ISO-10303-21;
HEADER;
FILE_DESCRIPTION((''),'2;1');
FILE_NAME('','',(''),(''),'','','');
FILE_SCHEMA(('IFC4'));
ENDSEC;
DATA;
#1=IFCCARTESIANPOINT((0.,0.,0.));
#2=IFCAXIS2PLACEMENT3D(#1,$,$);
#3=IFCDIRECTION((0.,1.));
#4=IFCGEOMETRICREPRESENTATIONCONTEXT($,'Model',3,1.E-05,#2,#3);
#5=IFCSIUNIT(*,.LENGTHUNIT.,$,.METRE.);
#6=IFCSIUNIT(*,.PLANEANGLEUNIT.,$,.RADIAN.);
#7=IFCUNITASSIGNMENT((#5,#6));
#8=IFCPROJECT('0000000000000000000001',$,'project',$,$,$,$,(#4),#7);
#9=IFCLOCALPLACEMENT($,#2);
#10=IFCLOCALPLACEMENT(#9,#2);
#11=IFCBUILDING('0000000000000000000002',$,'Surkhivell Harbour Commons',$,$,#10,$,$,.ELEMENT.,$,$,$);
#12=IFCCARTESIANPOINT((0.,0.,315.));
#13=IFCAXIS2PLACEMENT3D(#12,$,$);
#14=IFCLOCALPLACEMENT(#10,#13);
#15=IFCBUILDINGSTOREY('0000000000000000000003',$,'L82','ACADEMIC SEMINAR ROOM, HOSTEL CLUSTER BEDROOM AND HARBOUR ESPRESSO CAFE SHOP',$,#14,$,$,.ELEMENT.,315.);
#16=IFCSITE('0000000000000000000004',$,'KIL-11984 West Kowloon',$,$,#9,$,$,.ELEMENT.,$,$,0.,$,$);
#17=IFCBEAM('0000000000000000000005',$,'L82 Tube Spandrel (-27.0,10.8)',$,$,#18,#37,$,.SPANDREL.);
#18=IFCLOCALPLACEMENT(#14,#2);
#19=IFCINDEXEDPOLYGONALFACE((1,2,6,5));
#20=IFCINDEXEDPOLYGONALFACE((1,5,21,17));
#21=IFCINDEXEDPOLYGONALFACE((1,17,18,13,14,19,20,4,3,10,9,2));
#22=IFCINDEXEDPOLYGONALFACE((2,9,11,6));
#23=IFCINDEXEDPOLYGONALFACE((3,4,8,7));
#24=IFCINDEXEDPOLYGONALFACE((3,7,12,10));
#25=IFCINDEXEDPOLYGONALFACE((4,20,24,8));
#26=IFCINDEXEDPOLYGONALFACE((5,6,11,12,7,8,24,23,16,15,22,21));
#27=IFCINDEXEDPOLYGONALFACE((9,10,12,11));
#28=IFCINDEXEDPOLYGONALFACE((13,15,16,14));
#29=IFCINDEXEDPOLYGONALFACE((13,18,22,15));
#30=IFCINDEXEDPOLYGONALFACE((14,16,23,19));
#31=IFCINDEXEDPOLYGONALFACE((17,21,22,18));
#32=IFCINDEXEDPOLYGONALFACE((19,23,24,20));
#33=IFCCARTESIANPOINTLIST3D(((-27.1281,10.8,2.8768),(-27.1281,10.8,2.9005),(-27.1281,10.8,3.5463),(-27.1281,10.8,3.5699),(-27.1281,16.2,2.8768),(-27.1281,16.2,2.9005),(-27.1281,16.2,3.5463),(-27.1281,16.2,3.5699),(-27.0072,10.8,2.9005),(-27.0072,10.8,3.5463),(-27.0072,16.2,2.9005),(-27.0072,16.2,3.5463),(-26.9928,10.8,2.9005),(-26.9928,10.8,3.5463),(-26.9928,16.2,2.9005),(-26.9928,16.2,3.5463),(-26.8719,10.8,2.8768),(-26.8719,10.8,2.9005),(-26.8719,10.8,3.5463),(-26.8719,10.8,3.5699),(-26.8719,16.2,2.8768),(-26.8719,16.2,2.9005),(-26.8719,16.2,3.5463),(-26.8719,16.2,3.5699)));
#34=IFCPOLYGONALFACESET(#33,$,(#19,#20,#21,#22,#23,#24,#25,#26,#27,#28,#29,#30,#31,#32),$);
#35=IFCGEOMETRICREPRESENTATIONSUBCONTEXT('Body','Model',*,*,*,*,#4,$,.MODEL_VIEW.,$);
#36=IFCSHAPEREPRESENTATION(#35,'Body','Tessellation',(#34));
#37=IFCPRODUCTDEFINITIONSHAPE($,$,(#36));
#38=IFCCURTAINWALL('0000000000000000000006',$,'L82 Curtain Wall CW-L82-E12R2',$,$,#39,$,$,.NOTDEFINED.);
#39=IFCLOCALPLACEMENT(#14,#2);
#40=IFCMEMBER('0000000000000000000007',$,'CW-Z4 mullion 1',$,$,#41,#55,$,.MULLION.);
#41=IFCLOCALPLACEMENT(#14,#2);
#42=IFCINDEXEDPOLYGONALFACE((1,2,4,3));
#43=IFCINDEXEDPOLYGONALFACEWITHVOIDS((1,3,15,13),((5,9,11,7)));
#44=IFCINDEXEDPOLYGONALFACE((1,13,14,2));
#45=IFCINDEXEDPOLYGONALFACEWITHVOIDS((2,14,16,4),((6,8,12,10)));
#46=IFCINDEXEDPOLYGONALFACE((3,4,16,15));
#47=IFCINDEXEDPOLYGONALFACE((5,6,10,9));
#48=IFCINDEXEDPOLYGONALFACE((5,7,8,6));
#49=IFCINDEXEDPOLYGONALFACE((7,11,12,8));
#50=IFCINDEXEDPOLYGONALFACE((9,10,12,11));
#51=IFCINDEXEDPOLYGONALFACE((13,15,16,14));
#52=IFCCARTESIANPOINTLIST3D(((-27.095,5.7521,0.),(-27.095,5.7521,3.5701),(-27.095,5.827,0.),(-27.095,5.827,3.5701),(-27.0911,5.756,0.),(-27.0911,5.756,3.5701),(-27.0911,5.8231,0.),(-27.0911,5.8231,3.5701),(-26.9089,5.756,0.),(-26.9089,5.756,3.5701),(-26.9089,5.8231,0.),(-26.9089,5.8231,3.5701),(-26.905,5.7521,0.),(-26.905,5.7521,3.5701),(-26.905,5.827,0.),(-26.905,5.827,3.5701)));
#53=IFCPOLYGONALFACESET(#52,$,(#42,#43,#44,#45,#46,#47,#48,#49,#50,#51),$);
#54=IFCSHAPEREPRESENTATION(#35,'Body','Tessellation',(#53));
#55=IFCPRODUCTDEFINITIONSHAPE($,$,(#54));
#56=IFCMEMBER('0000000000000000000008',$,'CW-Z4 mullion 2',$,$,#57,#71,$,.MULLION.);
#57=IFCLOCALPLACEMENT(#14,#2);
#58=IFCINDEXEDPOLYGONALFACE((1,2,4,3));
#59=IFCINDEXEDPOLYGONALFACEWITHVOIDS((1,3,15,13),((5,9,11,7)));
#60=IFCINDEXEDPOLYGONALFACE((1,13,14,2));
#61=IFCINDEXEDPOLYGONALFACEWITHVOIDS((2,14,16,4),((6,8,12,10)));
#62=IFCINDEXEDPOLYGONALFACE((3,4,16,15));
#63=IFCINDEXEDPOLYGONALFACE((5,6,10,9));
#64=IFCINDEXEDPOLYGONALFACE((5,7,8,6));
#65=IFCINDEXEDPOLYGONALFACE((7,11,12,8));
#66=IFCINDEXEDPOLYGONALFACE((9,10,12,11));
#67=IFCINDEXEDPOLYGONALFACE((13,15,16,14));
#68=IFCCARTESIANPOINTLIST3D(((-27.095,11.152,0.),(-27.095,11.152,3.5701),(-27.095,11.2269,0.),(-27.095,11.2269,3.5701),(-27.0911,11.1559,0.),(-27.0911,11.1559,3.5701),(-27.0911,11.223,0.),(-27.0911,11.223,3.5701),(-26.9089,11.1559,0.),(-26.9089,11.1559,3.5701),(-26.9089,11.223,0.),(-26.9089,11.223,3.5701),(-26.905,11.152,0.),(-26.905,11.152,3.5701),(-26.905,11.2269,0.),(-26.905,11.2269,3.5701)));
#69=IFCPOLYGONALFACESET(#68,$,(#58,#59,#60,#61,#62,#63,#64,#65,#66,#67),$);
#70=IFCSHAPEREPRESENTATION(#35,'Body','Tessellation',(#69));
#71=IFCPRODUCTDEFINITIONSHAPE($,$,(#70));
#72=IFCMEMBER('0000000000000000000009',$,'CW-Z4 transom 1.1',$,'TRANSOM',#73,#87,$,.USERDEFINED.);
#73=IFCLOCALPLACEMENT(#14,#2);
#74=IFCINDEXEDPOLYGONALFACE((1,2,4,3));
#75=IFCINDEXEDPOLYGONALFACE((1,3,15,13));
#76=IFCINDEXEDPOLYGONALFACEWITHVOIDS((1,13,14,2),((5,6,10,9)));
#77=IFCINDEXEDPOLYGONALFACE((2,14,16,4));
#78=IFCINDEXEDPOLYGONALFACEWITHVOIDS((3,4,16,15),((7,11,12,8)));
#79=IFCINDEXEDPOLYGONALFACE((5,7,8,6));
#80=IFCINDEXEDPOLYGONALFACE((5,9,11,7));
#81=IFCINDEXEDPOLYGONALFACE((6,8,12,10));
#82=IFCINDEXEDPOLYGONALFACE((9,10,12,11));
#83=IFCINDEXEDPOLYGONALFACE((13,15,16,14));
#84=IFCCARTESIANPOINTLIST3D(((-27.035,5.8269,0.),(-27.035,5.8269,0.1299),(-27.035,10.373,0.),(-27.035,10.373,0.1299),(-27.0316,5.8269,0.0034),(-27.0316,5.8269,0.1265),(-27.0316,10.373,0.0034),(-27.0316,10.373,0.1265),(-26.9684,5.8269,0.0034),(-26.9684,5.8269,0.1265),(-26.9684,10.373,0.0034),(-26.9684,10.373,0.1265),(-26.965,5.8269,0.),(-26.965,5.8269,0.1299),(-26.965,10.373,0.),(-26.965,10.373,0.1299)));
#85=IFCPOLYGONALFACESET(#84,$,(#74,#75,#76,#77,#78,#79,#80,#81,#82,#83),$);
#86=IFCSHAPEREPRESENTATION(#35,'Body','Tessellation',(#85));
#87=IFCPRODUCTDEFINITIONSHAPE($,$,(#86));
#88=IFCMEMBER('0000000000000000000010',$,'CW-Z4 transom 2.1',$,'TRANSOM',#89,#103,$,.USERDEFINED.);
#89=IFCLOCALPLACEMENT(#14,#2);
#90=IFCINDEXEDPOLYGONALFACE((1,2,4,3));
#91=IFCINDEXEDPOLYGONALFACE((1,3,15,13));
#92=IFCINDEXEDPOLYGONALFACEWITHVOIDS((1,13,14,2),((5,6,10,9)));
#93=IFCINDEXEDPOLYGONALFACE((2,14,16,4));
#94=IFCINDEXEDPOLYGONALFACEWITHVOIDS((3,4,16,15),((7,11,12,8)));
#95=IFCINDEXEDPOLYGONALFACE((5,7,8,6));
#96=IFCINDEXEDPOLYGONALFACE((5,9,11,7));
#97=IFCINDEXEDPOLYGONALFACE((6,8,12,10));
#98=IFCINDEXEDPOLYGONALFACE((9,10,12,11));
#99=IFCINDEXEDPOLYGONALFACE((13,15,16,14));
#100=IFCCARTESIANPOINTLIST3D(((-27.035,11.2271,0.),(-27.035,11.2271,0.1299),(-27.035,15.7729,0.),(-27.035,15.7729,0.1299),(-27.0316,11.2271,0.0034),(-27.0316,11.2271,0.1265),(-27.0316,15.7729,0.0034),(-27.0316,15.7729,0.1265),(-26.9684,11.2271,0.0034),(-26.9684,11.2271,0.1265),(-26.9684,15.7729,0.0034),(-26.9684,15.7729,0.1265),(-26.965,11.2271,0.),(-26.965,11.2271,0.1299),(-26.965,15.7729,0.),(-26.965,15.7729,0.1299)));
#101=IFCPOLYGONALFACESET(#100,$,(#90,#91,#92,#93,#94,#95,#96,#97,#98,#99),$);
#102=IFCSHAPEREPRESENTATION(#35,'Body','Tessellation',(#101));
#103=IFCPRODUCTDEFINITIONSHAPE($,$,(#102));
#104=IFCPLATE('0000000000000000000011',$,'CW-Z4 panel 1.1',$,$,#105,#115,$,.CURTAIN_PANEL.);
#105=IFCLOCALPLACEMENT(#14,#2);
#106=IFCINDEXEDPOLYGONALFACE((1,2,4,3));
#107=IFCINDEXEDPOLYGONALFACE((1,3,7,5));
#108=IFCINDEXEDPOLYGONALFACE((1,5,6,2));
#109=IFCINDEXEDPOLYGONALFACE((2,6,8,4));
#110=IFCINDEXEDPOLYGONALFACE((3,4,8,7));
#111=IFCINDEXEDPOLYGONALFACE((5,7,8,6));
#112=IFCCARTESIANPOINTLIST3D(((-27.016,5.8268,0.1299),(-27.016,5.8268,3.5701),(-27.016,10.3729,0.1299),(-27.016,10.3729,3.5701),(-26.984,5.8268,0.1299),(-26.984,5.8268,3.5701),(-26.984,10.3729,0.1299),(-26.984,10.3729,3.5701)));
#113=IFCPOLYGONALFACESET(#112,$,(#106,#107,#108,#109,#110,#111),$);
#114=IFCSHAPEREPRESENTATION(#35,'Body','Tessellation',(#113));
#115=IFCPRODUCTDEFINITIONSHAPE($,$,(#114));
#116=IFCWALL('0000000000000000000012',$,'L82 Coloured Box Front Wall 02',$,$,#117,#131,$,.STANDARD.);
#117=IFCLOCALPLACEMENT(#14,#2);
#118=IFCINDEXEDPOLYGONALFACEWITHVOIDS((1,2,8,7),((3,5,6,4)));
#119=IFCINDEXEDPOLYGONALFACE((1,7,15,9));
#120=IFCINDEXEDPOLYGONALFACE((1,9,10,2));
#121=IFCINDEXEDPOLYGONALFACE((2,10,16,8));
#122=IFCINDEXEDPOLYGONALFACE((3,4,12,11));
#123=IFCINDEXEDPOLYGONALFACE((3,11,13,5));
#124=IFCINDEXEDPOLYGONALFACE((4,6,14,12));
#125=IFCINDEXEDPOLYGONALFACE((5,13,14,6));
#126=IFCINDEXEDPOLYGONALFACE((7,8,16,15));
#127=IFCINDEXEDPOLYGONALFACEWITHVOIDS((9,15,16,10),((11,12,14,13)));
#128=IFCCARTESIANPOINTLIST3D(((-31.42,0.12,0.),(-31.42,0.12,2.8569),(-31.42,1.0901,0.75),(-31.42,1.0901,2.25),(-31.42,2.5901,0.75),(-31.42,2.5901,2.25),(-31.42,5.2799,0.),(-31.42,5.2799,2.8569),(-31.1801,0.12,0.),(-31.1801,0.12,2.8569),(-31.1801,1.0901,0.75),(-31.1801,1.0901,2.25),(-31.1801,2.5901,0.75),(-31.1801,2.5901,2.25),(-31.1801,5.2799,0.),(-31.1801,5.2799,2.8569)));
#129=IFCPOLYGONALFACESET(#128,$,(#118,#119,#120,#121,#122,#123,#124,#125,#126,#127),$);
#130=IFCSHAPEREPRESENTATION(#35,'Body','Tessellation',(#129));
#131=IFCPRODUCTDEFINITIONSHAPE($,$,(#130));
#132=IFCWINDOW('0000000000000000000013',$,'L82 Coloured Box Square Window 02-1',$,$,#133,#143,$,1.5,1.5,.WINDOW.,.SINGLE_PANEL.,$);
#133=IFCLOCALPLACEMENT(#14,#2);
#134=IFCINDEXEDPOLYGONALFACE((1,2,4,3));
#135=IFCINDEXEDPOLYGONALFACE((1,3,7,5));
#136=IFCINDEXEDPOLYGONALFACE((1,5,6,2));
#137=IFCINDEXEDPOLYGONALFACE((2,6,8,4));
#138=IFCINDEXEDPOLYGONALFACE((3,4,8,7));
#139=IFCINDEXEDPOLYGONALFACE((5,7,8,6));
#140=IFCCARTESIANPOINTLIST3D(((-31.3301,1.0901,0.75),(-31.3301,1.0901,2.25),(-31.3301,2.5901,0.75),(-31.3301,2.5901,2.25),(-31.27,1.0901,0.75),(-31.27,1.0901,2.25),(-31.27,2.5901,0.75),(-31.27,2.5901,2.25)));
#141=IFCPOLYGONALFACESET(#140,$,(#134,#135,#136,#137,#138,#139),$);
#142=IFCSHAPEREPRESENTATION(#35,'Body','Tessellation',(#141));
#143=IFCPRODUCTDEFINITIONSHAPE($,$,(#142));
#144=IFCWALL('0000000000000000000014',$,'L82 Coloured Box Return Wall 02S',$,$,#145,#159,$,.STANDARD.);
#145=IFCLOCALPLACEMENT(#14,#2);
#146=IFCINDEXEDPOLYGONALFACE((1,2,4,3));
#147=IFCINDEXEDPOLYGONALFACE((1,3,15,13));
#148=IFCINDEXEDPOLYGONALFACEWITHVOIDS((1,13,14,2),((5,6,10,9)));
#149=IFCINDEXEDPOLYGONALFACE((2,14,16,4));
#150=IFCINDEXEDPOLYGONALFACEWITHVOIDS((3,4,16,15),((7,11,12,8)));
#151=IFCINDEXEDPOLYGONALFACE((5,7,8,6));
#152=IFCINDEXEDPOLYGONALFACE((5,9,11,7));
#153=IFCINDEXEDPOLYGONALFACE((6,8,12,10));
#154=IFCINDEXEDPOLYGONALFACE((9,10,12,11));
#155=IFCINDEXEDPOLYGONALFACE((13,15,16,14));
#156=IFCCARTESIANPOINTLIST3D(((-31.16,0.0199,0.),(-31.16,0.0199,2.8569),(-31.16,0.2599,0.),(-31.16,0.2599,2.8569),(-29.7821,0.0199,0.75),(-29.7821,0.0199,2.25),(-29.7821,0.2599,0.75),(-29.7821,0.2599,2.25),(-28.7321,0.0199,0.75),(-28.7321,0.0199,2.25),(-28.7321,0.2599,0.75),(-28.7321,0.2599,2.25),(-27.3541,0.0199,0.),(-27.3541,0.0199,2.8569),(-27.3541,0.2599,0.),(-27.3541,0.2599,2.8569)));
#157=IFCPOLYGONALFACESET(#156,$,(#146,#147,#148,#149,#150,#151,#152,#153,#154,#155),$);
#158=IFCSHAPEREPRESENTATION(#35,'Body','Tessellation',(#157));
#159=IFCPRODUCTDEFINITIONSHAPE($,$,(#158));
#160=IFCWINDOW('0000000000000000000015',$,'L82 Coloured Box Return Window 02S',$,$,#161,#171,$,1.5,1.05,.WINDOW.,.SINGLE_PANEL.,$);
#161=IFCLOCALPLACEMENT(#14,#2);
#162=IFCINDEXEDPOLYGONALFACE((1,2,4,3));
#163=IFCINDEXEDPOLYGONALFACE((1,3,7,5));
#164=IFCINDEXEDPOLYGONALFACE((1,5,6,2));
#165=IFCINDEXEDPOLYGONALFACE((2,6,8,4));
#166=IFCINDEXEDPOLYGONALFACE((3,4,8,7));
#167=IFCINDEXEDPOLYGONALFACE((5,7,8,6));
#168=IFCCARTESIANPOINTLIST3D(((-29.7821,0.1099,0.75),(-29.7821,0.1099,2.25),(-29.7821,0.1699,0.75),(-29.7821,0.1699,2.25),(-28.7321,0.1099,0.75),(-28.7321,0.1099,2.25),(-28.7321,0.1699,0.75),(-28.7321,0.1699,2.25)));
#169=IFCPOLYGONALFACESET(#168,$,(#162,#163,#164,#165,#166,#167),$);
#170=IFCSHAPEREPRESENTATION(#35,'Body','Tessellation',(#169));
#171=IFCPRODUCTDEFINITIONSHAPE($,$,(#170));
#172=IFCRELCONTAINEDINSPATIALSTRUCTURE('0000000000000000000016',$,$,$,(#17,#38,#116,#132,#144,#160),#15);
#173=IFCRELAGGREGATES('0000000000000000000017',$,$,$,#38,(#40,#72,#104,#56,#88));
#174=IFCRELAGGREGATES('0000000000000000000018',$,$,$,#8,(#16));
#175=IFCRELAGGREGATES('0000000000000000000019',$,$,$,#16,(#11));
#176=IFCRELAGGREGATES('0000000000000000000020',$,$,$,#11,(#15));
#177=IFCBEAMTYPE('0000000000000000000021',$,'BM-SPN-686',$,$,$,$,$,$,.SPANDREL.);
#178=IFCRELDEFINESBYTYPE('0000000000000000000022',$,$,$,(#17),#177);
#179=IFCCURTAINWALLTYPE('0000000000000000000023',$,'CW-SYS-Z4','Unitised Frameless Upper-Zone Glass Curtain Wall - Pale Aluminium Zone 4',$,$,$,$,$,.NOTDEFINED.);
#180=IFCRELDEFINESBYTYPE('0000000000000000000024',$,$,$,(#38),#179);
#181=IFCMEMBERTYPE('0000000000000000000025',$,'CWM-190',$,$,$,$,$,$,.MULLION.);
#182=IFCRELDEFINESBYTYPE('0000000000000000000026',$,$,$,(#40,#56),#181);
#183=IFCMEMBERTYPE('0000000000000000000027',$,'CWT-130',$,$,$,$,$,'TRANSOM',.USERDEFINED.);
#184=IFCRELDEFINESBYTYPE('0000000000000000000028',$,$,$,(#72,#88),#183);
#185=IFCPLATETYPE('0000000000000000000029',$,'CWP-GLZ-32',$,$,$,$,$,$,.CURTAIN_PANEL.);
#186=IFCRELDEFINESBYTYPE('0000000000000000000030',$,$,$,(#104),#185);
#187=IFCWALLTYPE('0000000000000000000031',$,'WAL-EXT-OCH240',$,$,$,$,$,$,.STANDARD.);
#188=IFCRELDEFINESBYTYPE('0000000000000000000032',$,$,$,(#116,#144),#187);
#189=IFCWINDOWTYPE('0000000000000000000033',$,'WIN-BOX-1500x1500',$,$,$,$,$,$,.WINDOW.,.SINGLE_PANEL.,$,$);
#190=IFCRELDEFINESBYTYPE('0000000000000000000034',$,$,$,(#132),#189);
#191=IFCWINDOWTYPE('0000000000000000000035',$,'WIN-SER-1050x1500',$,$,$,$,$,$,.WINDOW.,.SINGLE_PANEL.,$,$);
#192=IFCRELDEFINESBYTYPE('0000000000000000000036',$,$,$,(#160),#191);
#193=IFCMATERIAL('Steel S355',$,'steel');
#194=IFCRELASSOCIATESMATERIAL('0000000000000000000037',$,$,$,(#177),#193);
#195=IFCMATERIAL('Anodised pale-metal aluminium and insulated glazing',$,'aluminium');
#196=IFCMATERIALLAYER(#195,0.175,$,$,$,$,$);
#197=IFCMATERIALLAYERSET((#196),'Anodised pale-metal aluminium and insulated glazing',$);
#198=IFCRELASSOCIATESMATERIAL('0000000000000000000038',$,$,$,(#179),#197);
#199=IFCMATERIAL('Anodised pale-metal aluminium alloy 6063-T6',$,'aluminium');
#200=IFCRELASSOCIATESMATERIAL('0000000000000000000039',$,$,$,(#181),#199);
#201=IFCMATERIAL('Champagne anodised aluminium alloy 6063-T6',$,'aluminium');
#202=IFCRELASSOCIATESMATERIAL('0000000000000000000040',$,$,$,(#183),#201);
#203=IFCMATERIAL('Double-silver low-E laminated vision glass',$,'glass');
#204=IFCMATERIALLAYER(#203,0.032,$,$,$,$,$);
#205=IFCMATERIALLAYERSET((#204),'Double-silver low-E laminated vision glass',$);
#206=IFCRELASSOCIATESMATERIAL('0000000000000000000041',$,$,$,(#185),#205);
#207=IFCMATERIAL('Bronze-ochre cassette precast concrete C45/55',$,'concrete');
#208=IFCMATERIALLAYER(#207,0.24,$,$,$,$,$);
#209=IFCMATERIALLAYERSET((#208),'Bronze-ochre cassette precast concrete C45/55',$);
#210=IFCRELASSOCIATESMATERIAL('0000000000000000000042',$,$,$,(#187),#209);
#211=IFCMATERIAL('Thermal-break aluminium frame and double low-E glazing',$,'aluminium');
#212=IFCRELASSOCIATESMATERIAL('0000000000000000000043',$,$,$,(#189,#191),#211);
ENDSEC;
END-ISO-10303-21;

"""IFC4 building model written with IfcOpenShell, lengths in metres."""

from ifc_helpers import new_model, si_unit, direction, frame, frame_2d, origin, origin_2d, place, context, subcontext, project, spatial, rectangle, hollow_rectangle, i_section, extrude, material, layer, layer_set, material_profile, profile_set, type_object, element, fill, aggregate, save


model = new_model("IFC4")

# Units and contexts
model_context = context("Model", 3, precision=1e-05, world=origin(), true_north=direction((0.0, 1.0)))
body_context = subcontext(model_context, "Body", "Model", "MODEL_VIEW")
ifc_project = project(units=[si_unit("LENGTHUNIT", "METRE"), si_unit("PLANEANGLEUNIT", "RADIAN")], contexts=[model_context])

# Site, building, storey
site_placement = place(None, origin())
site = spatial("IfcSite", under=ifc_project, at=site_placement, Name="KIL-11984 West Kowloon", CompositionType="ELEMENT", RefElevation=0.0)
building_placement = place(site_placement, origin())
building = spatial("IfcBuilding", under=site, at=building_placement, Name="Surkhivell Harbour Commons", CompositionType="ELEMENT")
storey_placement = place(building_placement, frame((0.0, 0.0, 315.0)))
storey = spatial("IfcBuildingStorey", under=building, at=storey_placement, Name="L82", Description="ACADEMIC SEMINAR ROOM, HOSTEL CLUSTER BEDROOM AND HARBOUR ESPRESSO CAFE SHOP", CompositionType="ELEMENT", Elevation=315.0)

# Beam
ifc_material_1 = material(Name="Steel S355", Category="steel")
ifc_material_profile_1 = material_profile(ifc_material_1, i_section(OverallWidth=0.2561, OverallDepth=0.6931, WebThickness=0.0144, FlangeThickness=0.0237, at=origin_2d()), Name="UB686x254x170")
ifc_profile_set_1 = profile_set([ifc_material_profile_1], Name="Steel S355")
beam_type_1 = type_object("IfcBeamType", Name="BM-SPN-686", PredefinedType="SPANDREL", material=ifc_profile_set_1)
beam_1_placement = place(storey_placement, frame((-27.0, 10.8, 3.2234), z_axis=(0.0, 1.0, 0.0), x_axis=(-1.0, 0.0, 0.0)))
element("IfcBeam", 1, at=beam_1_placement, inside=storey, type_object=beam_type_1, Name="L82 Tube Spandrel (-27.0,10.8)", PredefinedType="SPANDREL", context=body_context, shape_type="SweptSolid", body=[
    extrude(i_section(OverallWidth=0.2561, OverallDepth=0.6931, WebThickness=0.0144, FlangeThickness=0.0237, at=origin_2d()), origin(), (0.0, 0.0, 1.0), 5.3999),
])

# Curtain wall, members, plate
ifc_material_2 = material(Name="Anodised pale-metal aluminium and insulated glazing", Category="aluminium")
ifc_layer_1 = layer(ifc_material_2, 0.175)
ifc_layer_set_1 = layer_set([ifc_layer_1], Name="Anodised pale-metal aluminium and insulated glazing")
curtain_wall_type = type_object("IfcCurtainWallType", Name="CW-SYS-Z4", Description="Unitised Frameless Upper-Zone Glass Curtain Wall - Pale Aluminium Zone 4", PredefinedType="NOTDEFINED", material=ifc_layer_set_1)
curtain_wall_placement = place(storey_placement, origin())
curtain_wall = element("IfcCurtainWall", 2, at=curtain_wall_placement, inside=storey, type_object=curtain_wall_type, Name="L82 Curtain Wall CW-L82-E12R2", PredefinedType="NOTDEFINED")
ifc_material_3 = material(Name="Anodised pale-metal aluminium alloy 6063-T6", Category="aluminium")
ifc_material_profile_2 = material_profile(ifc_material_3, hollow_rectangle(XDim=0.075, YDim=0.1899, WallThickness=0.0039, at=origin_2d()), Name="ALU-MULL-75x190")
ifc_profile_set_2 = profile_set([ifc_material_profile_2], Name="Anodised pale-metal aluminium alloy 6063-T6")
member_type_1 = type_object("IfcMemberType", Name="CWM-190", PredefinedType="MULLION", material=ifc_profile_set_2)
member_1_placement = place(storey_placement, frame((-27.0, 5.7896, 0.0), z_axis=(0.0, 0.0, 1.0), x_axis=(0.0, 1.0, 0.0)))
member_1 = element("IfcMember", 3, at=member_1_placement, type_object=member_type_1, Name="CW-Z4 mullion 1", PredefinedType="MULLION", context=body_context, shape_type="SweptSolid", body=[
    extrude(hollow_rectangle(XDim=0.075, YDim=0.1899, WallThickness=0.0039, at=origin_2d()), origin(), (0.0, 0.0, 1.0), 3.5701),
])
member_2_placement = place(storey_placement, frame((-27.0, 11.1895, 0.0), z_axis=(0.0, 0.0, 1.0), x_axis=(0.0, 1.0, 0.0)))
member_2 = element("IfcMember", 4, at=member_2_placement, type_object=member_type_1, Name="CW-Z4 mullion 2", PredefinedType="MULLION", context=body_context, shape_type="SweptSolid", body=[
    extrude(hollow_rectangle(XDim=0.075, YDim=0.1899, WallThickness=0.0039, at=origin_2d()), origin(), (0.0, 0.0, 1.0), 3.5701),
])
ifc_material_4 = material(Name="Champagne anodised aluminium alloy 6063-T6", Category="aluminium")
ifc_material_profile_3 = material_profile(ifc_material_4, hollow_rectangle(XDim=0.0701, YDim=0.1299, WallThickness=0.0034, at=origin_2d()), Name="ALU-TRAN-70x130")
ifc_profile_set_3 = profile_set([ifc_material_profile_3], Name="Champagne anodised aluminium alloy 6063-T6")
member_type_2 = type_object("IfcMemberType", Name="CWT-130", ElementType="TRANSOM", PredefinedType="USERDEFINED", material=ifc_profile_set_3)
member_3_placement = place(storey_placement, frame((-27.0, 5.8269, 0.0649), z_axis=(0.0, 1.0, 0.0), x_axis=(-1.0, 0.0, 0.0)))
member_3 = element("IfcMember", 5, at=member_3_placement, type_object=member_type_2, Name="CW-Z4 transom 1.1", ObjectType="TRANSOM", PredefinedType="USERDEFINED", context=body_context, shape_type="SweptSolid", body=[
    extrude(hollow_rectangle(XDim=0.0701, YDim=0.1299, WallThickness=0.0034, at=origin_2d()), origin(), (0.0, 0.0, 1.0), 4.5461),
])
member_4_placement = place(storey_placement, frame((-27.0, 11.2271, 0.0649), z_axis=(0.0, 1.0, 0.0), x_axis=(-1.0, 0.0, 0.0)))
member_4 = element("IfcMember", 6, at=member_4_placement, type_object=member_type_2, Name="CW-Z4 transom 2.1", ObjectType="TRANSOM", PredefinedType="USERDEFINED", context=body_context, shape_type="SweptSolid", body=[
    extrude(hollow_rectangle(XDim=0.0701, YDim=0.1299, WallThickness=0.0034, at=origin_2d()), origin(), (0.0, 0.0, 1.0), 4.5459),
])
ifc_material_5 = material(Name="Double-silver low-E laminated vision glass", Category="glass")
ifc_layer_2 = layer(ifc_material_5, 0.032)
ifc_layer_set_2 = layer_set([ifc_layer_2], Name="Double-silver low-E laminated vision glass")
plate_type = type_object("IfcPlateType", Name="CWP-GLZ-32", PredefinedType="CURTAIN_PANEL", material=ifc_layer_set_2)
plate_placement = place(storey_placement, frame((-27.0, 5.8269, 0.1299), z_axis=(0.0, 0.0, 1.0), x_axis=(0.0, 1.0, 0.0)))
plate = element("IfcPlate", 7, at=plate_placement, type_object=plate_type, Name="CW-Z4 panel 1.1", PredefinedType="CURTAIN_PANEL", context=body_context, shape_type="SweptSolid", body=[
    extrude(rectangle(XDim=4.5461, YDim=0.032, at=frame_2d((2.2729, 0.0))), origin(), (0.0, 0.0, 1.0), 3.4402),
])
aggregate(curtain_wall, [member_1, member_3, plate, member_2, member_4])

# Walls, openings, windows
ifc_material_6 = material(Name="Bronze-ochre cassette precast concrete C45/55", Category="concrete")
ifc_layer_3 = layer(ifc_material_6, 0.24)
ifc_layer_set_3 = layer_set([ifc_layer_3], Name="Bronze-ochre cassette precast concrete C45/55")
wall_type_1 = type_object("IfcWallType", Name="WAL-EXT-OCH240", PredefinedType="STANDARD", material=ifc_layer_set_3)
wall_1_placement = place(storey_placement, frame((-31.3, 5.28, 0.0), z_axis=(0.0, 0.0, 1.0), x_axis=(0.0, -1.0, 0.0)))
wall_1 = element("IfcWall", 8, at=wall_1_placement, inside=storey, type_object=wall_type_1, Name="L82 Coloured Box Front Wall 02", PredefinedType="STANDARD", context=body_context, shape_type="SweptSolid", body=[
    extrude(rectangle(XDim=5.1599, YDim=0.24, at=frame_2d((2.5801, 0.0))), origin(), (0.0, 0.0, 1.0), 2.8569),
])
opening_1_placement = place(wall_1_placement, frame((2.6899, 0.0, 0.75)))
opening_1 = element("IfcOpeningElement", 9, at=opening_1_placement, cuts=wall_1, PredefinedType="OPENING", context=body_context, shape_type="SweptSolid", body=[
    extrude(rectangle(XDim=1.5, YDim=1.5, at=frame_2d((0.75, 0.75))), frame((0.0, 0.1299, 0.0), z_axis=(0.0, -1.0, 0.0), x_axis=(1.0, 0.0, 0.0)), (0.0, 0.0, 1.0), 0.26),
])
ifc_material_7 = material(Name="Thermal-break aluminium frame and double low-E glazing", Category="aluminium")
window_type_1 = type_object("IfcWindowType", Name="WIN-BOX-1500x1500", PartitioningType="SINGLE_PANEL", PredefinedType="WINDOW", material=ifc_material_7)
window_1_placement = place(opening_1_placement, origin())
window_1 = element("IfcWindow", 10, at=window_1_placement, inside=storey, type_object=window_type_1, Name="L82 Coloured Box Square Window 02-1", OverallHeight=1.5, OverallWidth=1.5, PartitioningType="SINGLE_PANEL", PredefinedType="WINDOW", context=body_context, shape_type="SweptSolid", body=[
    extrude(rectangle(XDim=1.5, YDim=1.5, at=frame_2d((0.75, 0.75))), frame((0.0, 0.03, 0.0), z_axis=(0.0, -1.0, 0.0), x_axis=(1.0, 0.0, 0.0)), (0.0, 0.0, 1.0), 0.0601),
])
fill(opening_1, window_1)
wall_2_placement = place(storey_placement, frame((-31.1599, 0.1399, 0.0), z_axis=(0.0, 0.0, 1.0), x_axis=(1.0, 0.0, 0.0)))
wall_2 = element("IfcWall", 11, at=wall_2_placement, inside=storey, type_object=wall_type_1, Name="L82 Coloured Box Return Wall 02S", PredefinedType="STANDARD", context=body_context, shape_type="SweptSolid", body=[
    extrude(rectangle(XDim=3.8059, YDim=0.24, at=frame_2d((1.9028, 0.0))), origin(), (0.0, 0.0, 1.0), 2.8569),
])
opening_2_placement = place(wall_2_placement, frame((1.3779, 0.0, 0.75)))
opening_2 = element("IfcOpeningElement", 12, at=opening_2_placement, cuts=wall_2, PredefinedType="OPENING", context=body_context, shape_type="SweptSolid", body=[
    extrude(rectangle(XDim=1.05, YDim=1.5, at=frame_2d((0.5249, 0.75))), frame((0.0, 0.1299, 0.0), z_axis=(0.0, -1.0, 0.0), x_axis=(1.0, 0.0, 0.0)), (0.0, 0.0, 1.0), 0.26),
])
window_type_2 = type_object("IfcWindowType", Name="WIN-SER-1050x1500", PartitioningType="SINGLE_PANEL", PredefinedType="WINDOW", material=ifc_material_7)
window_2_placement = place(opening_2_placement, origin())
window_2 = element("IfcWindow", 13, at=window_2_placement, inside=storey, type_object=window_type_2, Name="L82 Coloured Box Return Window 02S", OverallHeight=1.5, OverallWidth=1.05, PartitioningType="SINGLE_PANEL", PredefinedType="WINDOW", context=body_context, shape_type="SweptSolid", body=[
    extrude(rectangle(XDim=1.05, YDim=1.5, at=frame_2d((0.5249, 0.75))), frame((0.0, 0.03, 0.0), z_axis=(0.0, -1.0, 0.0), x_axis=(1.0, 0.0, 0.0)), (0.0, 0.0, 1.0), 0.0601),
])
fill(opening_2, window_2)

save(model, "model.ifc")
